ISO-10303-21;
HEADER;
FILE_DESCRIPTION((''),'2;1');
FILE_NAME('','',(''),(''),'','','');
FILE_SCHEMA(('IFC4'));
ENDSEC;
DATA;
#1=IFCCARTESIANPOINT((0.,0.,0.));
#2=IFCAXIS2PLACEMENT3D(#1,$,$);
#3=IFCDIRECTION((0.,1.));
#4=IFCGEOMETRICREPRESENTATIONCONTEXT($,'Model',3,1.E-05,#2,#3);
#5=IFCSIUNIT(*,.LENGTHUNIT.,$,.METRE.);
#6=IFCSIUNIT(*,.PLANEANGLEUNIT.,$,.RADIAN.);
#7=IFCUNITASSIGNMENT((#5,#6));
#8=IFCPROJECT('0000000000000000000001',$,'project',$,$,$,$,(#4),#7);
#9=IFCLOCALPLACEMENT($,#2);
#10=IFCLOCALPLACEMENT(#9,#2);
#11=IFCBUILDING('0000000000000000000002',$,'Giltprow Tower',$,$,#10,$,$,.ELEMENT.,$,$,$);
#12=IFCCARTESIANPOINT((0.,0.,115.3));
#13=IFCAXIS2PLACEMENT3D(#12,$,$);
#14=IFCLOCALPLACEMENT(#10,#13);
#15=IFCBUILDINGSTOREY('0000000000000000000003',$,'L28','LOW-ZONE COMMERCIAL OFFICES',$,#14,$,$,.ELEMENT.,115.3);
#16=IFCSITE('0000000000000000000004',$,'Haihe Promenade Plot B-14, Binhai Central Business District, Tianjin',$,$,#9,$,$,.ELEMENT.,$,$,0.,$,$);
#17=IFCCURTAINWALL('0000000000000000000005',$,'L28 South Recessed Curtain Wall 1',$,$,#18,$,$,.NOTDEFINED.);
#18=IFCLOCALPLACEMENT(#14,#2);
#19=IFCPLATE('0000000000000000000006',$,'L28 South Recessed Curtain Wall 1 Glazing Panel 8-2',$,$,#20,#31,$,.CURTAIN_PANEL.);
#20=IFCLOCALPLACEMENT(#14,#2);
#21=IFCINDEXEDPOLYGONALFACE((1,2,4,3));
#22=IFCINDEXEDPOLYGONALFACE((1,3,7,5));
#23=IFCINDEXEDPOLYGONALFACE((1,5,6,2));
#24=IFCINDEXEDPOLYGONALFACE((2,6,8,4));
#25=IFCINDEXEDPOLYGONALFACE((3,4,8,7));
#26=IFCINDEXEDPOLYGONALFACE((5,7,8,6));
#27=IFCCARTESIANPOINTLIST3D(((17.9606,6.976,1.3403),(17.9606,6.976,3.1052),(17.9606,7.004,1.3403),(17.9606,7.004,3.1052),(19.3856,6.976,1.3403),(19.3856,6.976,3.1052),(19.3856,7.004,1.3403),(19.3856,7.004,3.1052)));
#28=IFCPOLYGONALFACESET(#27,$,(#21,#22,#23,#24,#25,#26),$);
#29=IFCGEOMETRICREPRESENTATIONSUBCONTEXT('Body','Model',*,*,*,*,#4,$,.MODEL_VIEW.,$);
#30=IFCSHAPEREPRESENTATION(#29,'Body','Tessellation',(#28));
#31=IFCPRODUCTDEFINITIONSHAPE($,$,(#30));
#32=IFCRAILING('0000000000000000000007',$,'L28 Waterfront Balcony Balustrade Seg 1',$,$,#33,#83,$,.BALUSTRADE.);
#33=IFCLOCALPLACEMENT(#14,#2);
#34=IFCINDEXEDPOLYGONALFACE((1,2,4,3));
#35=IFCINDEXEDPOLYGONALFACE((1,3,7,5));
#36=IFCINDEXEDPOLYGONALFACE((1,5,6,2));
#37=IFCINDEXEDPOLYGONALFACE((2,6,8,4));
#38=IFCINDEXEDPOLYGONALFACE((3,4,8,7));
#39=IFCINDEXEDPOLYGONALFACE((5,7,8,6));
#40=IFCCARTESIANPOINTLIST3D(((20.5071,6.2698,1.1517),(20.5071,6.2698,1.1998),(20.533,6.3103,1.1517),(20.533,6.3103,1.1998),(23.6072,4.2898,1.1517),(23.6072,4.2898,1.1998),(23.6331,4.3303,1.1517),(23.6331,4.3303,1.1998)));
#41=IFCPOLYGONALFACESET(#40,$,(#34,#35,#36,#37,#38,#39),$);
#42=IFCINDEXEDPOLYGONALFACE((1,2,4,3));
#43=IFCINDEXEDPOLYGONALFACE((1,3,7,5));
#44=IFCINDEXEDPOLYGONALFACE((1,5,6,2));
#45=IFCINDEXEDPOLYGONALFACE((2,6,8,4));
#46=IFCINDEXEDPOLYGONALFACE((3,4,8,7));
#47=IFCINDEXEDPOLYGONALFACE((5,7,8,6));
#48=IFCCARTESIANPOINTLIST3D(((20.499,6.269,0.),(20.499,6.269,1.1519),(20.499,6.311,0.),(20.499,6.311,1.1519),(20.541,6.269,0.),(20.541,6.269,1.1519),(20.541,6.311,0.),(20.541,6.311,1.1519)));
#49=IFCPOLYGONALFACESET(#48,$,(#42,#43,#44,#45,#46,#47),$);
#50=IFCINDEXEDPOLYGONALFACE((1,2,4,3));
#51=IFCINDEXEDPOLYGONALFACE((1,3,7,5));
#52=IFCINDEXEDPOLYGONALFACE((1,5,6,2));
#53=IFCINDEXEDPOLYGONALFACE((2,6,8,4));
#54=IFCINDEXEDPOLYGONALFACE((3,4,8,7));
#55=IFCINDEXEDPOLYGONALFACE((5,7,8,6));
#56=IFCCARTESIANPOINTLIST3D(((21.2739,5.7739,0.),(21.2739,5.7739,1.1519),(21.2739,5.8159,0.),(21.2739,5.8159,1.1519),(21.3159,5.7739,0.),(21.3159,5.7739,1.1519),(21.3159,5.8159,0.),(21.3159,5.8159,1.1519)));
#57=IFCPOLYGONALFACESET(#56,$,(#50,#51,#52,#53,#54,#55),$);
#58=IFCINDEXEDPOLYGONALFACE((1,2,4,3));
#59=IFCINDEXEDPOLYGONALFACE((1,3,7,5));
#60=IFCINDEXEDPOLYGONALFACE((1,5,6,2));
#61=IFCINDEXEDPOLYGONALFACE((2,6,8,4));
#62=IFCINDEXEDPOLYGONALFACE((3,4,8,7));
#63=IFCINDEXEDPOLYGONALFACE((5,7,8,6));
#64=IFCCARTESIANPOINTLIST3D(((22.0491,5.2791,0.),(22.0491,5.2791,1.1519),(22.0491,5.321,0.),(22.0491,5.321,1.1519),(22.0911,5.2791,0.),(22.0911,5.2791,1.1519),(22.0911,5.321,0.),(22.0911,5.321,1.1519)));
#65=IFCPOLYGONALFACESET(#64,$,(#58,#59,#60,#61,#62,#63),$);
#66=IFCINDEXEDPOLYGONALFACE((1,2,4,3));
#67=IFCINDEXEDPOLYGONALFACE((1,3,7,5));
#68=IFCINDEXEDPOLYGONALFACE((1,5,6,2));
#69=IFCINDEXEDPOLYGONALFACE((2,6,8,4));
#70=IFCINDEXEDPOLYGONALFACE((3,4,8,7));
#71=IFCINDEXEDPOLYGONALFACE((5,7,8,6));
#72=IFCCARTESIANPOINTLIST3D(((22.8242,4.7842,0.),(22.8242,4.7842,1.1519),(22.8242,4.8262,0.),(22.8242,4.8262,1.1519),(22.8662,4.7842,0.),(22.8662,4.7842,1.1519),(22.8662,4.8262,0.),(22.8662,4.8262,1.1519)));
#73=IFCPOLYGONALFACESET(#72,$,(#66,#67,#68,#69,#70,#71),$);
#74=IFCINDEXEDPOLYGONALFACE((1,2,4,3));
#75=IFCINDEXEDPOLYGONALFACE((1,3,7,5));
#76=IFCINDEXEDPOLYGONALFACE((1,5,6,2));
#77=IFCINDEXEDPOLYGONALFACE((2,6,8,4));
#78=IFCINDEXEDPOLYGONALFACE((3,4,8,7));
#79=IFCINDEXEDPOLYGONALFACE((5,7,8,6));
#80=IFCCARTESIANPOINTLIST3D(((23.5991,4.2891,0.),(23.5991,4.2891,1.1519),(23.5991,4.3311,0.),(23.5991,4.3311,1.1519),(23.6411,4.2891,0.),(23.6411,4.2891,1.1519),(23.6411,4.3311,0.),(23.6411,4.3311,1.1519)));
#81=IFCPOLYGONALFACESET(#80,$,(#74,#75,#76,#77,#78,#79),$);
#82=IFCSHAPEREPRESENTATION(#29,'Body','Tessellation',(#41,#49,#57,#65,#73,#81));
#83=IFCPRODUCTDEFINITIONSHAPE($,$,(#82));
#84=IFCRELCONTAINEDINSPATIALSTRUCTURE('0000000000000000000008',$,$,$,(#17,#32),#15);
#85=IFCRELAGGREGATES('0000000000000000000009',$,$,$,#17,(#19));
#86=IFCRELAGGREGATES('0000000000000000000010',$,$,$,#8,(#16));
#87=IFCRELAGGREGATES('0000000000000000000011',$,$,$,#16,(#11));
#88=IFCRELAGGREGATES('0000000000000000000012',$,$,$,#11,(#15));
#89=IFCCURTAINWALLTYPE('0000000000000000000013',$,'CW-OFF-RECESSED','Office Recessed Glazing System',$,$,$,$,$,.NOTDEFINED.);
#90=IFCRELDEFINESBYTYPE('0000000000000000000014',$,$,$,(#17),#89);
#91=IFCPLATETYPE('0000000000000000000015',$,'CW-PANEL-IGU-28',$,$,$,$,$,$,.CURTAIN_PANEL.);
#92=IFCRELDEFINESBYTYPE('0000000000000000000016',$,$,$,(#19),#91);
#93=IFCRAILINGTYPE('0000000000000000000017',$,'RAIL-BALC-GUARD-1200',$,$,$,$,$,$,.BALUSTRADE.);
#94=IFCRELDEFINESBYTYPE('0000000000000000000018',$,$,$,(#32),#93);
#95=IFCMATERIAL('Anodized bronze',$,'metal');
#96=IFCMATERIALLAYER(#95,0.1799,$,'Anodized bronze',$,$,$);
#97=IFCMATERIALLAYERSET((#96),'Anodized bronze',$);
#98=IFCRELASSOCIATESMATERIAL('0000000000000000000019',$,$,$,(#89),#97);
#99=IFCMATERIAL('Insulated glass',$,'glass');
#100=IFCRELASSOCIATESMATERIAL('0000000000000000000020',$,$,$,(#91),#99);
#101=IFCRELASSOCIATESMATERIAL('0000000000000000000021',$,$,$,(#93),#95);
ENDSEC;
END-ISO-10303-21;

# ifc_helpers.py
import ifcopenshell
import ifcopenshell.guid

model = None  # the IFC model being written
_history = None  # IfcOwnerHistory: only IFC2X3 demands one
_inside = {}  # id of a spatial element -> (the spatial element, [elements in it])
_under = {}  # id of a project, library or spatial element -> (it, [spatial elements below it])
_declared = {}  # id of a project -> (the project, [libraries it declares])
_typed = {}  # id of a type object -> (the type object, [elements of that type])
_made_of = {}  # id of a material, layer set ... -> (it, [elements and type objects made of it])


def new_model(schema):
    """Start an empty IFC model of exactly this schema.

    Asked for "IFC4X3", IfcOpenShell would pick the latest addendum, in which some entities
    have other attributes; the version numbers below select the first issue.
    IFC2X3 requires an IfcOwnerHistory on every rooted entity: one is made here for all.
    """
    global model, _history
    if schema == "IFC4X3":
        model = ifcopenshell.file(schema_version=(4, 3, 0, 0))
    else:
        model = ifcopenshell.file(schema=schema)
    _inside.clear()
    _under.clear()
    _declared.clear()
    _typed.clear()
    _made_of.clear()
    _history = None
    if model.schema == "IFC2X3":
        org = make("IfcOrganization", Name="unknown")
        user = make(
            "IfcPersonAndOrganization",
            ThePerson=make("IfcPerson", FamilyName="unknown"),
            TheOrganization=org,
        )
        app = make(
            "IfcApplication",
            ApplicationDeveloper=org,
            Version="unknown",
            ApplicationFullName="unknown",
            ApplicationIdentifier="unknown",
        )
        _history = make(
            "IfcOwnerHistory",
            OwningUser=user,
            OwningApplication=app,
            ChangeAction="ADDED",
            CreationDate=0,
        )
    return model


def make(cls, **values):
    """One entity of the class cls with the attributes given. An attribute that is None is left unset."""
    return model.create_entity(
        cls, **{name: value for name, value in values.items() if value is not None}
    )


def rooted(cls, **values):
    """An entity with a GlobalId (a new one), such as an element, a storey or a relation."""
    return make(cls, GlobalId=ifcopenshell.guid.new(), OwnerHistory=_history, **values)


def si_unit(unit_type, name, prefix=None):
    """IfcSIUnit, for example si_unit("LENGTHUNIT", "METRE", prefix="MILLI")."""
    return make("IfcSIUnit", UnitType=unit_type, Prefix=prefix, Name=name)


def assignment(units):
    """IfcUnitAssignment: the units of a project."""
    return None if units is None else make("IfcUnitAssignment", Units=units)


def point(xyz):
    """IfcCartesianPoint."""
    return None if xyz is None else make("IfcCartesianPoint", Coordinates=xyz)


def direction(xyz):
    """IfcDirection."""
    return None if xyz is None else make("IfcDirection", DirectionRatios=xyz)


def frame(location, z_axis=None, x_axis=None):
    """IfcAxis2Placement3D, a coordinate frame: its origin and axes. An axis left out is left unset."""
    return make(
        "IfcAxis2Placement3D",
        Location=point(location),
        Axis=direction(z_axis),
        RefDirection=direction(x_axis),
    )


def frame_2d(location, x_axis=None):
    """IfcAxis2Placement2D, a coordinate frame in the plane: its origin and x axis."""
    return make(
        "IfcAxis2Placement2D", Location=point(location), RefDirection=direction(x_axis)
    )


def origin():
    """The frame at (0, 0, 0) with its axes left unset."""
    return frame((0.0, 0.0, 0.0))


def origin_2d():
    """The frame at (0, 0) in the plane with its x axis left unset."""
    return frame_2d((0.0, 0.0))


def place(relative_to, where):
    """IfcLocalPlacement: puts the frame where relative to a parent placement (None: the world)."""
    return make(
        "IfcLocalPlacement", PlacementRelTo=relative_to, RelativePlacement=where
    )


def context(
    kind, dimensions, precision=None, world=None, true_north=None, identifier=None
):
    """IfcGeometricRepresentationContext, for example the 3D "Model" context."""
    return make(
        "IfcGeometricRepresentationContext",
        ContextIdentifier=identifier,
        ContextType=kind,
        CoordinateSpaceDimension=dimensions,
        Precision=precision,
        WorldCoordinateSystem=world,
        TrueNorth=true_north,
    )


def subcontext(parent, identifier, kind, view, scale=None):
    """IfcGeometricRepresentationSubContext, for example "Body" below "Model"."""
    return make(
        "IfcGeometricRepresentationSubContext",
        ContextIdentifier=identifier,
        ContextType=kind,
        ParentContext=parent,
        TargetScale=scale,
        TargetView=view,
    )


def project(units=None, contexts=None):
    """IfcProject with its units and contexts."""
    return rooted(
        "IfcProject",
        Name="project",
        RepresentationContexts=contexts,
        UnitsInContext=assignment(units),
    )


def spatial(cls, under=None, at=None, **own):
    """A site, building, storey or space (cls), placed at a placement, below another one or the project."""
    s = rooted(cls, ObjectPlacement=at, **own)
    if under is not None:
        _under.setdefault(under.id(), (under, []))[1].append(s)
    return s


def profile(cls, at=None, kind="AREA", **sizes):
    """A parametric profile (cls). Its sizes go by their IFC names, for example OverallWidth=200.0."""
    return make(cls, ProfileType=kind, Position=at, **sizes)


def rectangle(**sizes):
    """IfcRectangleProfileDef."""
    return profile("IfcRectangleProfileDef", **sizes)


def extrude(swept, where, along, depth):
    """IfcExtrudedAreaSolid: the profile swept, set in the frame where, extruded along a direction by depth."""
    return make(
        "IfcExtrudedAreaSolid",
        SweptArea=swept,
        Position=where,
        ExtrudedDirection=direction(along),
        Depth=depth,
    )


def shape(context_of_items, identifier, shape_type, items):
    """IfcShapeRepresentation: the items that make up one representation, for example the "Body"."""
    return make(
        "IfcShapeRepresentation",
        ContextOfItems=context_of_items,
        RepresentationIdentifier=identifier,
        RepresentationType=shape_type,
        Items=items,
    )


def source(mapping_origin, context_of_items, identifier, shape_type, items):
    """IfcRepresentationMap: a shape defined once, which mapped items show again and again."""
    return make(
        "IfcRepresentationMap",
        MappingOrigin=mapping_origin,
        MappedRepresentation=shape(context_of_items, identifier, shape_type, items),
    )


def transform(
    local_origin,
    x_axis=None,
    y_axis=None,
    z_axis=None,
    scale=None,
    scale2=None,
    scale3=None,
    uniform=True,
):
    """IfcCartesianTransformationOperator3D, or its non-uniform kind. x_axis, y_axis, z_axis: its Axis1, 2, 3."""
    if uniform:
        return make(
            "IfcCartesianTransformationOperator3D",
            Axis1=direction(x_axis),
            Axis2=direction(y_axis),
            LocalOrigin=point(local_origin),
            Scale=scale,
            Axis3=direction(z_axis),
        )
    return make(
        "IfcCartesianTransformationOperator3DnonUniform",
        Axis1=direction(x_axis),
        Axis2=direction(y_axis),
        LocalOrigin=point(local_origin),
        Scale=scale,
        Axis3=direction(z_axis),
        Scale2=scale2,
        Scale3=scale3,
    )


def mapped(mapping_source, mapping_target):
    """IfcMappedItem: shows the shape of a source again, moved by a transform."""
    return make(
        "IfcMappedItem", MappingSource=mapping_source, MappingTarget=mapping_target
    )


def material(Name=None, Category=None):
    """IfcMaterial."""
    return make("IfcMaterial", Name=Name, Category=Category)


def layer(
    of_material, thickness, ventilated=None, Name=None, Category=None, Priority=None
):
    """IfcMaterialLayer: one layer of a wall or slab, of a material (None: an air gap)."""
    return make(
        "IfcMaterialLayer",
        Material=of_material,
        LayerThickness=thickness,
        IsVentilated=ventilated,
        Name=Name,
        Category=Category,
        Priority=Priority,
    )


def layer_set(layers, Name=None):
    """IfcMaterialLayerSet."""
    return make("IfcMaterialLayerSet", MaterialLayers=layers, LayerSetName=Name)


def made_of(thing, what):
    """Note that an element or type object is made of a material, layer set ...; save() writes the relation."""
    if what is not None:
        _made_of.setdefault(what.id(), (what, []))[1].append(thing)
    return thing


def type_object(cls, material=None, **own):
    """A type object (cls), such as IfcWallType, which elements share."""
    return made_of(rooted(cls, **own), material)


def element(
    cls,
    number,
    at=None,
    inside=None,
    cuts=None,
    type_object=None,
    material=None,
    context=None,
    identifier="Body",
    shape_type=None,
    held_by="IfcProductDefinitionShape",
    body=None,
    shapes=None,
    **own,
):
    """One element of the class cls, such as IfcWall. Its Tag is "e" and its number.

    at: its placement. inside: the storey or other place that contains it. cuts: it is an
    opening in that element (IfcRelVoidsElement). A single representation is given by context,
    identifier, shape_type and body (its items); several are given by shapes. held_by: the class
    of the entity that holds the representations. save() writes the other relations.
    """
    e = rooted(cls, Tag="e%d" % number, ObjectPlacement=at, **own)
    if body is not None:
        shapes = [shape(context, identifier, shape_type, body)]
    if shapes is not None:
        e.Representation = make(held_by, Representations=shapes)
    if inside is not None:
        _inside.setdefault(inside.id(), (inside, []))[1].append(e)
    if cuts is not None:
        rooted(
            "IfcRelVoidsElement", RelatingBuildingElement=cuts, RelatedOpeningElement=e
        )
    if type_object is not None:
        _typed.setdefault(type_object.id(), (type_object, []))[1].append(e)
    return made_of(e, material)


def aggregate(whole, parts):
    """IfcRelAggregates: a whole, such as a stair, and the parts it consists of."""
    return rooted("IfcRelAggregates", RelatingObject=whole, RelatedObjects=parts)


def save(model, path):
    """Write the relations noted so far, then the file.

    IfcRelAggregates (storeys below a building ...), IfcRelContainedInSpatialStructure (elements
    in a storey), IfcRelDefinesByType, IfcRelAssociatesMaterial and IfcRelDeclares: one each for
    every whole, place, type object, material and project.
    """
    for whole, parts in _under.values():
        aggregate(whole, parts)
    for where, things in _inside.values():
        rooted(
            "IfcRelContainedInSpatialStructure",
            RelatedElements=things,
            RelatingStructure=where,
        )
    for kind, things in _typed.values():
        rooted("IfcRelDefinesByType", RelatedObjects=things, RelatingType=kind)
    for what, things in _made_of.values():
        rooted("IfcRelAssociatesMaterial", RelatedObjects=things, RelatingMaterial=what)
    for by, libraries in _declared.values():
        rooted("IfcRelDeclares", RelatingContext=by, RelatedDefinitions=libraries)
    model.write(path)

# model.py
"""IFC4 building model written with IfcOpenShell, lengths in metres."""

from ifc_helpers import new_model, si_unit, direction, frame, origin, origin_2d, place, context, subcontext, project, spatial, rectangle, extrude, source, transform, mapped, material, layer, layer_set, type_object, element, aggregate, save


model = new_model("IFC4")

# Units and contexts
model_context = context("Model", 3, precision=1e-05, world=origin(), true_north=direction((0.0, 1.0)))
body_context = subcontext(model_context, "Body", "Model", "MODEL_VIEW")
ifc_project = project(units=[si_unit("LENGTHUNIT", "METRE"), si_unit("PLANEANGLEUNIT", "RADIAN")], contexts=[model_context])

# Site, building, storey
site_placement = place(None, origin())
site = spatial("IfcSite", under=ifc_project, at=site_placement, Name="Haihe Promenade Plot B-14, Binhai Central Business District, Tianjin", CompositionType="ELEMENT", RefElevation=0.0)
building_placement = place(site_placement, origin())
building = spatial("IfcBuilding", under=site, at=building_placement, Name="Giltprow Tower", CompositionType="ELEMENT")
storey_placement = place(building_placement, frame((0.0, 0.0, 115.3)))
storey = spatial("IfcBuildingStorey", under=building, at=storey_placement, Name="L28", Description="LOW-ZONE COMMERCIAL OFFICES", CompositionType="ELEMENT", Elevation=115.3)

# Curtain wall, plate
ifc_material_1 = material(Name="Anodized bronze", Category="metal")
ifc_layer = layer(ifc_material_1, 0.1799, Name="Anodized bronze")
ifc_layer_set = layer_set([ifc_layer], Name="Anodized bronze")
curtain_wall_type = type_object("IfcCurtainWallType", Name="CW-OFF-RECESSED", Description="Office Recessed Glazing System", PredefinedType="NOTDEFINED", material=ifc_layer_set)
curtain_wall_placement = place(storey_placement, origin())
curtain_wall = element("IfcCurtainWall", 1, at=curtain_wall_placement, inside=storey, type_object=curtain_wall_type, Name="L28 South Recessed Curtain Wall 1", PredefinedType="NOTDEFINED")
ifc_material_2 = material(Name="Insulated glass", Category="glass")
plate_type = type_object("IfcPlateType", Name="CW-PANEL-IGU-28", PredefinedType="CURTAIN_PANEL", material=ifc_material_2)
shared_shape_1 = source(origin(), body_context, "Body", "SweptSolid", [
    extrude(rectangle(XDim=1.425, YDim=0.0281, at=origin_2d()), origin(), (0.0, 0.0, 1.0), 1.7649),
])
plate_1_placement = place(storey_placement, frame((18.6731, 6.99, 1.3403), z_axis=(0.0, 0.0, 1.0), x_axis=(1.0, 0.0, 0.0)))
plate_1 = element("IfcPlate", 2, at=plate_1_placement, type_object=plate_type, Name="L28 South Recessed Curtain Wall 1 Glazing Panel 8-2", PredefinedType="CURTAIN_PANEL", context=body_context, shape_type="MappedRepresentation", body=[
    mapped(shared_shape_1, transform((0.0, 0.0, 0.0), x_axis=(1.0, 0.0, 0.0), y_axis=(0.0, 1.0, 0.0), z_axis=(0.0, 0.0, 1.0), scale=1.0)),
])
aggregate(curtain_wall, [plate_1])

# Railing
railing_type = type_object("IfcRailingType", Name="RAIL-BALC-GUARD-1200", PredefinedType="BALUSTRADE", material=ifc_material_1)
railing_1_placement = place(storey_placement, frame((20.52, 6.29, 0.0)))
element("IfcRailing", 3, at=railing_1_placement, inside=storey, type_object=railing_type, Name="L28 Waterfront Balcony Balustrade Seg 1", PredefinedType="BALUSTRADE", context=body_context, shape_type="SweptSolid", body=[
    extrude(rectangle(XDim=0.0481, YDim=0.0481, at=origin_2d()), frame((0.0, 0.0, 1.1758), z_axis=(0.842775, -0.538266, 0.0), x_axis=(0.538266, 0.842775, 0.0)), (0.0, 0.0, 1.0), 3.6785),
    extrude(rectangle(XDim=0.042, YDim=0.042, at=origin_2d()), origin(), (0.0, 0.0, 1.0), 1.1519),
    extrude(rectangle(XDim=0.042, YDim=0.042, at=origin_2d()), frame((0.7749, -0.4951, 0.0)), (0.0, 0.0, 1.0), 1.1519),
    extrude(rectangle(XDim=0.042, YDim=0.042, at=origin_2d()), frame((1.55, -0.99, 0.0)), (0.0, 0.0, 1.0), 1.1519),
    extrude(rectangle(XDim=0.042, YDim=0.042, at=origin_2d()), frame((2.3252, -1.4849, 0.0)), (0.0, 0.0, 1.0), 1.1519),
    extrude(rectangle(XDim=0.042, YDim=0.042, at=origin_2d()), frame((3.1001, -1.98, 0.0)), (0.0, 0.0, 1.0), 1.1519),
])

save(model, "model.ifc")
